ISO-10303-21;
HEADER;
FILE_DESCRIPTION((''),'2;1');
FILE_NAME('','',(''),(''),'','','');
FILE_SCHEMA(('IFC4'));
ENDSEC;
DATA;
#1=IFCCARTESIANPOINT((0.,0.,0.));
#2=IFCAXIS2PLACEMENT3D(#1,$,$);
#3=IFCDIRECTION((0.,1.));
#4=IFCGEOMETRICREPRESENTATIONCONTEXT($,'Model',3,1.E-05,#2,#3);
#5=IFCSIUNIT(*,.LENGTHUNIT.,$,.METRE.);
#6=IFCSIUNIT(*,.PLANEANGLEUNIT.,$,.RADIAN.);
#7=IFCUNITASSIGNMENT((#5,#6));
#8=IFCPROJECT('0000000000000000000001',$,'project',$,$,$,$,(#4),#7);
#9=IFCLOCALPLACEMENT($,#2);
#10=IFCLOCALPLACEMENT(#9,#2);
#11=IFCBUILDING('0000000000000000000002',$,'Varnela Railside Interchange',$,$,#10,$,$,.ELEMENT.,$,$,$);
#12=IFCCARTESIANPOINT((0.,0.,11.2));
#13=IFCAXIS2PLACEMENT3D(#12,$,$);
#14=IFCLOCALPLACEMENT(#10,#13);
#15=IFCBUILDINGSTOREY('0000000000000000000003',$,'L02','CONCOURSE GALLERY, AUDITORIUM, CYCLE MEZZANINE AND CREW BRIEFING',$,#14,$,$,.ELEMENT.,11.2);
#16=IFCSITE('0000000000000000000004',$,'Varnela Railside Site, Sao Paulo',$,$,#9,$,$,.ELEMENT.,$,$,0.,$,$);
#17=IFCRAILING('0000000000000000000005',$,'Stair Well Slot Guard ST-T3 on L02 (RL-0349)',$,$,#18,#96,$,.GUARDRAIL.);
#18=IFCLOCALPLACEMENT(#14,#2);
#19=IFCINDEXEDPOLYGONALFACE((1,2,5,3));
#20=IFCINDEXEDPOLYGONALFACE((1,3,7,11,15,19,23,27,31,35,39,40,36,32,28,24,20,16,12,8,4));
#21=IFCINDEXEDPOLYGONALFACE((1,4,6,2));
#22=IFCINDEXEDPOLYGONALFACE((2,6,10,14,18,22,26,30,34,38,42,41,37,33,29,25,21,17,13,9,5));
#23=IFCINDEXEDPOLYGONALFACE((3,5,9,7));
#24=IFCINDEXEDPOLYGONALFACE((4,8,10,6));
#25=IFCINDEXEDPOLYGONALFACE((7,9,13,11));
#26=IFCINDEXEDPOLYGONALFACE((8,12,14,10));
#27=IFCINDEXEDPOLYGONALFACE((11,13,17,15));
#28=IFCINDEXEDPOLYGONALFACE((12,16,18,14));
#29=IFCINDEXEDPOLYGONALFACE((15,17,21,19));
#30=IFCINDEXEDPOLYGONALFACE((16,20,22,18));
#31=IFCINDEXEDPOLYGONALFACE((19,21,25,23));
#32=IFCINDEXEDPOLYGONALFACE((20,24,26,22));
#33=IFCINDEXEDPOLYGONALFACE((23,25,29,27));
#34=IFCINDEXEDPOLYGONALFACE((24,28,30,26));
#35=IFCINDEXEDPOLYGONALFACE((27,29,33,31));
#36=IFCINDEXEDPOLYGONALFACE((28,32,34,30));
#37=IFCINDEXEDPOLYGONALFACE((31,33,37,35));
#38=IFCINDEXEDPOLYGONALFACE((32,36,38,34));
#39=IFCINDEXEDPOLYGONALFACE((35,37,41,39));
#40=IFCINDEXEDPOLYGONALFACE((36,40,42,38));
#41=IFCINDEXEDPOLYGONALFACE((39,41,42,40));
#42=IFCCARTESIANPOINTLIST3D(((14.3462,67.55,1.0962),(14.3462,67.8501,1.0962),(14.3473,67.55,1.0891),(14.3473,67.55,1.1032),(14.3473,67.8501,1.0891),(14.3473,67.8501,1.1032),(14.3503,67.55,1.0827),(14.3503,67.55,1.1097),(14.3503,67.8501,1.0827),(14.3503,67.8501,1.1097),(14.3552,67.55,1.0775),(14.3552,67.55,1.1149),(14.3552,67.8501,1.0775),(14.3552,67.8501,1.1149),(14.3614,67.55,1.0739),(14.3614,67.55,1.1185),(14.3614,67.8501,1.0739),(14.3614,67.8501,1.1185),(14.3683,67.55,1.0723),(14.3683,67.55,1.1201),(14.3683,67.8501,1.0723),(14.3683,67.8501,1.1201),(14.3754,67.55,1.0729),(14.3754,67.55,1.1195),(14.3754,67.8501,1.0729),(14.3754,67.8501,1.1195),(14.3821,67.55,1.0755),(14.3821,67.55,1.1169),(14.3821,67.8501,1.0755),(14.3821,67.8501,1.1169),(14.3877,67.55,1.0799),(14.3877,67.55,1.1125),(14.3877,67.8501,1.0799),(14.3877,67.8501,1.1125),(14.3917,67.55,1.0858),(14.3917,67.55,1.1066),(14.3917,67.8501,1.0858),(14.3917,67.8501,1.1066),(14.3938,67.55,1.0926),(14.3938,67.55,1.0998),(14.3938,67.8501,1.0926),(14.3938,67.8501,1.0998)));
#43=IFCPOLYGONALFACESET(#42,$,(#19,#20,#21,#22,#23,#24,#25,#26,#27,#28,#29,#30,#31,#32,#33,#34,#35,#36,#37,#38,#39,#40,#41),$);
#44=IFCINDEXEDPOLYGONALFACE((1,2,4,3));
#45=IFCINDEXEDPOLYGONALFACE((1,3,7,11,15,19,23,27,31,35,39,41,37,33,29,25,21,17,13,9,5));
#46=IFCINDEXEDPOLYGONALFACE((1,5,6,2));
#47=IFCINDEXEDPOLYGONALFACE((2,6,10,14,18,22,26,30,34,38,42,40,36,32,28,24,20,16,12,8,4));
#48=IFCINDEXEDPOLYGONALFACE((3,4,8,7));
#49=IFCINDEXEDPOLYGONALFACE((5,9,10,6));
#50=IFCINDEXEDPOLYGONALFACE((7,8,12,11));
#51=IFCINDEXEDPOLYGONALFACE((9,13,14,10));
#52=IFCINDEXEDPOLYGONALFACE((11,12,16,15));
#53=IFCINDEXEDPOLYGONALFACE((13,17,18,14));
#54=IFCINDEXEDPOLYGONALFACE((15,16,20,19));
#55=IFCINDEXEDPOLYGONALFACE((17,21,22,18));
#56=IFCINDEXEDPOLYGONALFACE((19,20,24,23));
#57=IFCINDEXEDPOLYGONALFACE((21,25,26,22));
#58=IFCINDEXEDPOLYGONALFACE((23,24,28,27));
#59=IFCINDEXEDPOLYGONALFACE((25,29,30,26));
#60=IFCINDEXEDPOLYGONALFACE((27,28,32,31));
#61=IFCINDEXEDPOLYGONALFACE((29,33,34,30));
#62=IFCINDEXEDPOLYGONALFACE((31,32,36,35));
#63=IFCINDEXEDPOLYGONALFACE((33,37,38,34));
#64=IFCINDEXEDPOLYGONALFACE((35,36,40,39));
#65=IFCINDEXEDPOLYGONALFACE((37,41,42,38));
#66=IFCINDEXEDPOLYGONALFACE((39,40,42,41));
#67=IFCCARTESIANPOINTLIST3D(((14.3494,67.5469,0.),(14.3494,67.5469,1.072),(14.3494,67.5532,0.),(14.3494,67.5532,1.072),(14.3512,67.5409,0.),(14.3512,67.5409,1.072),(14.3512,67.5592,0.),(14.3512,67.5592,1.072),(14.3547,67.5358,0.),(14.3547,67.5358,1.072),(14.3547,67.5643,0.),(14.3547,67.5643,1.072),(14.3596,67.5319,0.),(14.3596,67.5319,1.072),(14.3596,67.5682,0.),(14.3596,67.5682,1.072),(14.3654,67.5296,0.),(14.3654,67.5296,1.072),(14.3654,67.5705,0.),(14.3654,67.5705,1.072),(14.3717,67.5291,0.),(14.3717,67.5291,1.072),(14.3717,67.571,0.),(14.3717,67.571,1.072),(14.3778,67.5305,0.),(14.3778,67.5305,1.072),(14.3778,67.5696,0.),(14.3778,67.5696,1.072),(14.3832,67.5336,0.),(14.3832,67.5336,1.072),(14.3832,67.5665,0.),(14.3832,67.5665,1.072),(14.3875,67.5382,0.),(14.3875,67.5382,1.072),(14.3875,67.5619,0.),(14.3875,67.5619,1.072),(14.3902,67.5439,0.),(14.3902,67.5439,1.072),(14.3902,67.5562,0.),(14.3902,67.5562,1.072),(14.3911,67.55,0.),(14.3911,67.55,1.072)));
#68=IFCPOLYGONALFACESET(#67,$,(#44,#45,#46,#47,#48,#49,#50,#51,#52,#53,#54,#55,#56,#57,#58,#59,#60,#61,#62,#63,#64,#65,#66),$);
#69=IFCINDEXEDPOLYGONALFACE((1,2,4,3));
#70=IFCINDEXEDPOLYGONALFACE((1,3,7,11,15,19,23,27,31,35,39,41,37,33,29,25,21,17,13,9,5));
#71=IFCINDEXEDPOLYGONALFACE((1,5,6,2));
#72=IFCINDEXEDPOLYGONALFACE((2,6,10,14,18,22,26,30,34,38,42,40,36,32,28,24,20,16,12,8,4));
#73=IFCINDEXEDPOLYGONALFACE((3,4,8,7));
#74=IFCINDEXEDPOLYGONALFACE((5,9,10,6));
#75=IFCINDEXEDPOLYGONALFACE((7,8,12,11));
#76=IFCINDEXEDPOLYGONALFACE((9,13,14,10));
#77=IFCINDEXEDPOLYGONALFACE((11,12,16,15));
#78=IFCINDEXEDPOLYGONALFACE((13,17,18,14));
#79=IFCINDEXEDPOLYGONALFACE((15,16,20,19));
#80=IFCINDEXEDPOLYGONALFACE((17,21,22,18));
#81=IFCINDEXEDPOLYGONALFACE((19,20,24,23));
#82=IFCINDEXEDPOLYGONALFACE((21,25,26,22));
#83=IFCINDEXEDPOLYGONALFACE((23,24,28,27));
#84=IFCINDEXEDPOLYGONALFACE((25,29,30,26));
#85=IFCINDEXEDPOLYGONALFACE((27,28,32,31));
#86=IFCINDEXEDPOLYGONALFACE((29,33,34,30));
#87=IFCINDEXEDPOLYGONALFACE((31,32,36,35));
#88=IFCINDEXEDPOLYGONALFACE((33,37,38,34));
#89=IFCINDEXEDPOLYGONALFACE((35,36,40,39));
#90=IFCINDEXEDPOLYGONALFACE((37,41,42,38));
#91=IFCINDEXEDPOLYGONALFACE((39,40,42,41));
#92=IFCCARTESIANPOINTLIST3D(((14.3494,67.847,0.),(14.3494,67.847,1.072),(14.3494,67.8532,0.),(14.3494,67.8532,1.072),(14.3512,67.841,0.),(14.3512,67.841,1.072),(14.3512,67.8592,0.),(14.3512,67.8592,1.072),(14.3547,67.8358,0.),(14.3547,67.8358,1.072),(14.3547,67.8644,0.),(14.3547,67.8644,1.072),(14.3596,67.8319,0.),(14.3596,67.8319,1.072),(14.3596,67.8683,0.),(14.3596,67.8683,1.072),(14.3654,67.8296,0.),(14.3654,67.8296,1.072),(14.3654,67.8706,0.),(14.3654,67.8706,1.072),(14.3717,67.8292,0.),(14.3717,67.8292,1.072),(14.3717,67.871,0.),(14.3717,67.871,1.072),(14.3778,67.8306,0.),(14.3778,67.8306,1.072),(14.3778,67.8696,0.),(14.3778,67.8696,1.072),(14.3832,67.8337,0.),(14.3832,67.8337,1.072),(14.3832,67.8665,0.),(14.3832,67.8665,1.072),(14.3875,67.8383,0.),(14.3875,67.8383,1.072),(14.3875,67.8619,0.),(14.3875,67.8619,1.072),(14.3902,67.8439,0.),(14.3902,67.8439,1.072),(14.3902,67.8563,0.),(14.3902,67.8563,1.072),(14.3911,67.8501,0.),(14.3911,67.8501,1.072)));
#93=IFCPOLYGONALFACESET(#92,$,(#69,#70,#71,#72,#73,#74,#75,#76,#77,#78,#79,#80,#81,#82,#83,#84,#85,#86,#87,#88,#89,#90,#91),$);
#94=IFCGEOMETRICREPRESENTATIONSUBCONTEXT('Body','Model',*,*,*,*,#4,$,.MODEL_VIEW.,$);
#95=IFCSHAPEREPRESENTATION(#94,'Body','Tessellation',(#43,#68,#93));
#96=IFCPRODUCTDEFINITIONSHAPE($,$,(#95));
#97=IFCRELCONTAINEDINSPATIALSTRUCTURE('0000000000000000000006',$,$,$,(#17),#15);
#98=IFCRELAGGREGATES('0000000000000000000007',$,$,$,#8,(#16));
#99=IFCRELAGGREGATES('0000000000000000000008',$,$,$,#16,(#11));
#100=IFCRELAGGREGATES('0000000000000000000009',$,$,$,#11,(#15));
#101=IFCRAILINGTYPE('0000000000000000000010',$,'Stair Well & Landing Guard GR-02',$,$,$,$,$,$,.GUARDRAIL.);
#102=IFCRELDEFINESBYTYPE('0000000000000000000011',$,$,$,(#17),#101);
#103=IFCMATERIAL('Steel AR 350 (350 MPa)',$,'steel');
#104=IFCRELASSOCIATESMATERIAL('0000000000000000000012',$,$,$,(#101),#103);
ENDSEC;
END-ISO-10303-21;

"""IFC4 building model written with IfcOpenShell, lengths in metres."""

from ifc_helpers import new_model, si_unit, direction, frame, origin, origin_2d, place, context, subcontext, project, spatial, circle, extrude, material, type_object, element, save


model = new_model("IFC4")

# Units and contexts
model_context = context("Model", 3, precision=1e-05, world=origin(), true_north=direction((0.0, 1.0)))
body_context = subcontext(model_context, "Body", "Model", "MODEL_VIEW")
ifc_project = project(units=[si_unit("LENGTHUNIT", "METRE"), si_unit("PLANEANGLEUNIT", "RADIAN")], contexts=[model_context])

# Site, building, storey
site_placement = place(None, origin())
site = spatial("IfcSite", under=ifc_project, at=site_placement, Name="Varnela Railside Site, Sao Paulo", CompositionType="ELEMENT", RefElevation=0.0)
building_placement = place(site_placement, origin())
building = spatial("IfcBuilding", under=site, at=building_placement, Name="Varnela Railside Interchange", CompositionType="ELEMENT")
storey_placement = place(building_placement, frame((0.0, 0.0, 11.2)))
storey = spatial("IfcBuildingStorey", under=building, at=storey_placement, Name="L02", Description="CONCOURSE GALLERY, AUDITORIUM, CYCLE MEZZANINE AND CREW BRIEFING", CompositionType="ELEMENT", Elevation=11.2)

# Shared definitions
ifc_material_1 = material(Name="Steel AR 350 (350 MPa)", Category="steel")

# Railing
railing_type_1 = type_object("IfcRailingType", Name="Stair Well & Landing Guard GR-02", PredefinedType="GUARDRAIL", material=ifc_material_1)
railing_1_placement = place(storey_placement, frame((14.3701, 67.55, 0.0)))
element("IfcRailing", 1, at=railing_1_placement, inside=storey, type_object=railing_type_1, Name="Stair Well Slot Guard ST-T3 on L02 (RL-0349)", PredefinedType="GUARDRAIL", context=body_context, shape_type="SweptSolid", body=[
    extrude(circle(Radius=0.0239, at=origin_2d()), frame((0.0, 0.0, 1.0962), z_axis=(0.0, 1.0, 0.0), x_axis=(-1.0, 0.0, 0.0)), (0.0, 0.0, 1.0), 0.3),
    extrude(circle(Radius=0.021, at=origin_2d()), origin(), (0.0, 0.0, 1.0), 1.072),
    extrude(circle(Radius=0.021, at=origin_2d()), frame((0.0, 0.3, 0.0)), (0.0, 0.0, 1.0), 1.072),
])

save(model, "model.ifc")
